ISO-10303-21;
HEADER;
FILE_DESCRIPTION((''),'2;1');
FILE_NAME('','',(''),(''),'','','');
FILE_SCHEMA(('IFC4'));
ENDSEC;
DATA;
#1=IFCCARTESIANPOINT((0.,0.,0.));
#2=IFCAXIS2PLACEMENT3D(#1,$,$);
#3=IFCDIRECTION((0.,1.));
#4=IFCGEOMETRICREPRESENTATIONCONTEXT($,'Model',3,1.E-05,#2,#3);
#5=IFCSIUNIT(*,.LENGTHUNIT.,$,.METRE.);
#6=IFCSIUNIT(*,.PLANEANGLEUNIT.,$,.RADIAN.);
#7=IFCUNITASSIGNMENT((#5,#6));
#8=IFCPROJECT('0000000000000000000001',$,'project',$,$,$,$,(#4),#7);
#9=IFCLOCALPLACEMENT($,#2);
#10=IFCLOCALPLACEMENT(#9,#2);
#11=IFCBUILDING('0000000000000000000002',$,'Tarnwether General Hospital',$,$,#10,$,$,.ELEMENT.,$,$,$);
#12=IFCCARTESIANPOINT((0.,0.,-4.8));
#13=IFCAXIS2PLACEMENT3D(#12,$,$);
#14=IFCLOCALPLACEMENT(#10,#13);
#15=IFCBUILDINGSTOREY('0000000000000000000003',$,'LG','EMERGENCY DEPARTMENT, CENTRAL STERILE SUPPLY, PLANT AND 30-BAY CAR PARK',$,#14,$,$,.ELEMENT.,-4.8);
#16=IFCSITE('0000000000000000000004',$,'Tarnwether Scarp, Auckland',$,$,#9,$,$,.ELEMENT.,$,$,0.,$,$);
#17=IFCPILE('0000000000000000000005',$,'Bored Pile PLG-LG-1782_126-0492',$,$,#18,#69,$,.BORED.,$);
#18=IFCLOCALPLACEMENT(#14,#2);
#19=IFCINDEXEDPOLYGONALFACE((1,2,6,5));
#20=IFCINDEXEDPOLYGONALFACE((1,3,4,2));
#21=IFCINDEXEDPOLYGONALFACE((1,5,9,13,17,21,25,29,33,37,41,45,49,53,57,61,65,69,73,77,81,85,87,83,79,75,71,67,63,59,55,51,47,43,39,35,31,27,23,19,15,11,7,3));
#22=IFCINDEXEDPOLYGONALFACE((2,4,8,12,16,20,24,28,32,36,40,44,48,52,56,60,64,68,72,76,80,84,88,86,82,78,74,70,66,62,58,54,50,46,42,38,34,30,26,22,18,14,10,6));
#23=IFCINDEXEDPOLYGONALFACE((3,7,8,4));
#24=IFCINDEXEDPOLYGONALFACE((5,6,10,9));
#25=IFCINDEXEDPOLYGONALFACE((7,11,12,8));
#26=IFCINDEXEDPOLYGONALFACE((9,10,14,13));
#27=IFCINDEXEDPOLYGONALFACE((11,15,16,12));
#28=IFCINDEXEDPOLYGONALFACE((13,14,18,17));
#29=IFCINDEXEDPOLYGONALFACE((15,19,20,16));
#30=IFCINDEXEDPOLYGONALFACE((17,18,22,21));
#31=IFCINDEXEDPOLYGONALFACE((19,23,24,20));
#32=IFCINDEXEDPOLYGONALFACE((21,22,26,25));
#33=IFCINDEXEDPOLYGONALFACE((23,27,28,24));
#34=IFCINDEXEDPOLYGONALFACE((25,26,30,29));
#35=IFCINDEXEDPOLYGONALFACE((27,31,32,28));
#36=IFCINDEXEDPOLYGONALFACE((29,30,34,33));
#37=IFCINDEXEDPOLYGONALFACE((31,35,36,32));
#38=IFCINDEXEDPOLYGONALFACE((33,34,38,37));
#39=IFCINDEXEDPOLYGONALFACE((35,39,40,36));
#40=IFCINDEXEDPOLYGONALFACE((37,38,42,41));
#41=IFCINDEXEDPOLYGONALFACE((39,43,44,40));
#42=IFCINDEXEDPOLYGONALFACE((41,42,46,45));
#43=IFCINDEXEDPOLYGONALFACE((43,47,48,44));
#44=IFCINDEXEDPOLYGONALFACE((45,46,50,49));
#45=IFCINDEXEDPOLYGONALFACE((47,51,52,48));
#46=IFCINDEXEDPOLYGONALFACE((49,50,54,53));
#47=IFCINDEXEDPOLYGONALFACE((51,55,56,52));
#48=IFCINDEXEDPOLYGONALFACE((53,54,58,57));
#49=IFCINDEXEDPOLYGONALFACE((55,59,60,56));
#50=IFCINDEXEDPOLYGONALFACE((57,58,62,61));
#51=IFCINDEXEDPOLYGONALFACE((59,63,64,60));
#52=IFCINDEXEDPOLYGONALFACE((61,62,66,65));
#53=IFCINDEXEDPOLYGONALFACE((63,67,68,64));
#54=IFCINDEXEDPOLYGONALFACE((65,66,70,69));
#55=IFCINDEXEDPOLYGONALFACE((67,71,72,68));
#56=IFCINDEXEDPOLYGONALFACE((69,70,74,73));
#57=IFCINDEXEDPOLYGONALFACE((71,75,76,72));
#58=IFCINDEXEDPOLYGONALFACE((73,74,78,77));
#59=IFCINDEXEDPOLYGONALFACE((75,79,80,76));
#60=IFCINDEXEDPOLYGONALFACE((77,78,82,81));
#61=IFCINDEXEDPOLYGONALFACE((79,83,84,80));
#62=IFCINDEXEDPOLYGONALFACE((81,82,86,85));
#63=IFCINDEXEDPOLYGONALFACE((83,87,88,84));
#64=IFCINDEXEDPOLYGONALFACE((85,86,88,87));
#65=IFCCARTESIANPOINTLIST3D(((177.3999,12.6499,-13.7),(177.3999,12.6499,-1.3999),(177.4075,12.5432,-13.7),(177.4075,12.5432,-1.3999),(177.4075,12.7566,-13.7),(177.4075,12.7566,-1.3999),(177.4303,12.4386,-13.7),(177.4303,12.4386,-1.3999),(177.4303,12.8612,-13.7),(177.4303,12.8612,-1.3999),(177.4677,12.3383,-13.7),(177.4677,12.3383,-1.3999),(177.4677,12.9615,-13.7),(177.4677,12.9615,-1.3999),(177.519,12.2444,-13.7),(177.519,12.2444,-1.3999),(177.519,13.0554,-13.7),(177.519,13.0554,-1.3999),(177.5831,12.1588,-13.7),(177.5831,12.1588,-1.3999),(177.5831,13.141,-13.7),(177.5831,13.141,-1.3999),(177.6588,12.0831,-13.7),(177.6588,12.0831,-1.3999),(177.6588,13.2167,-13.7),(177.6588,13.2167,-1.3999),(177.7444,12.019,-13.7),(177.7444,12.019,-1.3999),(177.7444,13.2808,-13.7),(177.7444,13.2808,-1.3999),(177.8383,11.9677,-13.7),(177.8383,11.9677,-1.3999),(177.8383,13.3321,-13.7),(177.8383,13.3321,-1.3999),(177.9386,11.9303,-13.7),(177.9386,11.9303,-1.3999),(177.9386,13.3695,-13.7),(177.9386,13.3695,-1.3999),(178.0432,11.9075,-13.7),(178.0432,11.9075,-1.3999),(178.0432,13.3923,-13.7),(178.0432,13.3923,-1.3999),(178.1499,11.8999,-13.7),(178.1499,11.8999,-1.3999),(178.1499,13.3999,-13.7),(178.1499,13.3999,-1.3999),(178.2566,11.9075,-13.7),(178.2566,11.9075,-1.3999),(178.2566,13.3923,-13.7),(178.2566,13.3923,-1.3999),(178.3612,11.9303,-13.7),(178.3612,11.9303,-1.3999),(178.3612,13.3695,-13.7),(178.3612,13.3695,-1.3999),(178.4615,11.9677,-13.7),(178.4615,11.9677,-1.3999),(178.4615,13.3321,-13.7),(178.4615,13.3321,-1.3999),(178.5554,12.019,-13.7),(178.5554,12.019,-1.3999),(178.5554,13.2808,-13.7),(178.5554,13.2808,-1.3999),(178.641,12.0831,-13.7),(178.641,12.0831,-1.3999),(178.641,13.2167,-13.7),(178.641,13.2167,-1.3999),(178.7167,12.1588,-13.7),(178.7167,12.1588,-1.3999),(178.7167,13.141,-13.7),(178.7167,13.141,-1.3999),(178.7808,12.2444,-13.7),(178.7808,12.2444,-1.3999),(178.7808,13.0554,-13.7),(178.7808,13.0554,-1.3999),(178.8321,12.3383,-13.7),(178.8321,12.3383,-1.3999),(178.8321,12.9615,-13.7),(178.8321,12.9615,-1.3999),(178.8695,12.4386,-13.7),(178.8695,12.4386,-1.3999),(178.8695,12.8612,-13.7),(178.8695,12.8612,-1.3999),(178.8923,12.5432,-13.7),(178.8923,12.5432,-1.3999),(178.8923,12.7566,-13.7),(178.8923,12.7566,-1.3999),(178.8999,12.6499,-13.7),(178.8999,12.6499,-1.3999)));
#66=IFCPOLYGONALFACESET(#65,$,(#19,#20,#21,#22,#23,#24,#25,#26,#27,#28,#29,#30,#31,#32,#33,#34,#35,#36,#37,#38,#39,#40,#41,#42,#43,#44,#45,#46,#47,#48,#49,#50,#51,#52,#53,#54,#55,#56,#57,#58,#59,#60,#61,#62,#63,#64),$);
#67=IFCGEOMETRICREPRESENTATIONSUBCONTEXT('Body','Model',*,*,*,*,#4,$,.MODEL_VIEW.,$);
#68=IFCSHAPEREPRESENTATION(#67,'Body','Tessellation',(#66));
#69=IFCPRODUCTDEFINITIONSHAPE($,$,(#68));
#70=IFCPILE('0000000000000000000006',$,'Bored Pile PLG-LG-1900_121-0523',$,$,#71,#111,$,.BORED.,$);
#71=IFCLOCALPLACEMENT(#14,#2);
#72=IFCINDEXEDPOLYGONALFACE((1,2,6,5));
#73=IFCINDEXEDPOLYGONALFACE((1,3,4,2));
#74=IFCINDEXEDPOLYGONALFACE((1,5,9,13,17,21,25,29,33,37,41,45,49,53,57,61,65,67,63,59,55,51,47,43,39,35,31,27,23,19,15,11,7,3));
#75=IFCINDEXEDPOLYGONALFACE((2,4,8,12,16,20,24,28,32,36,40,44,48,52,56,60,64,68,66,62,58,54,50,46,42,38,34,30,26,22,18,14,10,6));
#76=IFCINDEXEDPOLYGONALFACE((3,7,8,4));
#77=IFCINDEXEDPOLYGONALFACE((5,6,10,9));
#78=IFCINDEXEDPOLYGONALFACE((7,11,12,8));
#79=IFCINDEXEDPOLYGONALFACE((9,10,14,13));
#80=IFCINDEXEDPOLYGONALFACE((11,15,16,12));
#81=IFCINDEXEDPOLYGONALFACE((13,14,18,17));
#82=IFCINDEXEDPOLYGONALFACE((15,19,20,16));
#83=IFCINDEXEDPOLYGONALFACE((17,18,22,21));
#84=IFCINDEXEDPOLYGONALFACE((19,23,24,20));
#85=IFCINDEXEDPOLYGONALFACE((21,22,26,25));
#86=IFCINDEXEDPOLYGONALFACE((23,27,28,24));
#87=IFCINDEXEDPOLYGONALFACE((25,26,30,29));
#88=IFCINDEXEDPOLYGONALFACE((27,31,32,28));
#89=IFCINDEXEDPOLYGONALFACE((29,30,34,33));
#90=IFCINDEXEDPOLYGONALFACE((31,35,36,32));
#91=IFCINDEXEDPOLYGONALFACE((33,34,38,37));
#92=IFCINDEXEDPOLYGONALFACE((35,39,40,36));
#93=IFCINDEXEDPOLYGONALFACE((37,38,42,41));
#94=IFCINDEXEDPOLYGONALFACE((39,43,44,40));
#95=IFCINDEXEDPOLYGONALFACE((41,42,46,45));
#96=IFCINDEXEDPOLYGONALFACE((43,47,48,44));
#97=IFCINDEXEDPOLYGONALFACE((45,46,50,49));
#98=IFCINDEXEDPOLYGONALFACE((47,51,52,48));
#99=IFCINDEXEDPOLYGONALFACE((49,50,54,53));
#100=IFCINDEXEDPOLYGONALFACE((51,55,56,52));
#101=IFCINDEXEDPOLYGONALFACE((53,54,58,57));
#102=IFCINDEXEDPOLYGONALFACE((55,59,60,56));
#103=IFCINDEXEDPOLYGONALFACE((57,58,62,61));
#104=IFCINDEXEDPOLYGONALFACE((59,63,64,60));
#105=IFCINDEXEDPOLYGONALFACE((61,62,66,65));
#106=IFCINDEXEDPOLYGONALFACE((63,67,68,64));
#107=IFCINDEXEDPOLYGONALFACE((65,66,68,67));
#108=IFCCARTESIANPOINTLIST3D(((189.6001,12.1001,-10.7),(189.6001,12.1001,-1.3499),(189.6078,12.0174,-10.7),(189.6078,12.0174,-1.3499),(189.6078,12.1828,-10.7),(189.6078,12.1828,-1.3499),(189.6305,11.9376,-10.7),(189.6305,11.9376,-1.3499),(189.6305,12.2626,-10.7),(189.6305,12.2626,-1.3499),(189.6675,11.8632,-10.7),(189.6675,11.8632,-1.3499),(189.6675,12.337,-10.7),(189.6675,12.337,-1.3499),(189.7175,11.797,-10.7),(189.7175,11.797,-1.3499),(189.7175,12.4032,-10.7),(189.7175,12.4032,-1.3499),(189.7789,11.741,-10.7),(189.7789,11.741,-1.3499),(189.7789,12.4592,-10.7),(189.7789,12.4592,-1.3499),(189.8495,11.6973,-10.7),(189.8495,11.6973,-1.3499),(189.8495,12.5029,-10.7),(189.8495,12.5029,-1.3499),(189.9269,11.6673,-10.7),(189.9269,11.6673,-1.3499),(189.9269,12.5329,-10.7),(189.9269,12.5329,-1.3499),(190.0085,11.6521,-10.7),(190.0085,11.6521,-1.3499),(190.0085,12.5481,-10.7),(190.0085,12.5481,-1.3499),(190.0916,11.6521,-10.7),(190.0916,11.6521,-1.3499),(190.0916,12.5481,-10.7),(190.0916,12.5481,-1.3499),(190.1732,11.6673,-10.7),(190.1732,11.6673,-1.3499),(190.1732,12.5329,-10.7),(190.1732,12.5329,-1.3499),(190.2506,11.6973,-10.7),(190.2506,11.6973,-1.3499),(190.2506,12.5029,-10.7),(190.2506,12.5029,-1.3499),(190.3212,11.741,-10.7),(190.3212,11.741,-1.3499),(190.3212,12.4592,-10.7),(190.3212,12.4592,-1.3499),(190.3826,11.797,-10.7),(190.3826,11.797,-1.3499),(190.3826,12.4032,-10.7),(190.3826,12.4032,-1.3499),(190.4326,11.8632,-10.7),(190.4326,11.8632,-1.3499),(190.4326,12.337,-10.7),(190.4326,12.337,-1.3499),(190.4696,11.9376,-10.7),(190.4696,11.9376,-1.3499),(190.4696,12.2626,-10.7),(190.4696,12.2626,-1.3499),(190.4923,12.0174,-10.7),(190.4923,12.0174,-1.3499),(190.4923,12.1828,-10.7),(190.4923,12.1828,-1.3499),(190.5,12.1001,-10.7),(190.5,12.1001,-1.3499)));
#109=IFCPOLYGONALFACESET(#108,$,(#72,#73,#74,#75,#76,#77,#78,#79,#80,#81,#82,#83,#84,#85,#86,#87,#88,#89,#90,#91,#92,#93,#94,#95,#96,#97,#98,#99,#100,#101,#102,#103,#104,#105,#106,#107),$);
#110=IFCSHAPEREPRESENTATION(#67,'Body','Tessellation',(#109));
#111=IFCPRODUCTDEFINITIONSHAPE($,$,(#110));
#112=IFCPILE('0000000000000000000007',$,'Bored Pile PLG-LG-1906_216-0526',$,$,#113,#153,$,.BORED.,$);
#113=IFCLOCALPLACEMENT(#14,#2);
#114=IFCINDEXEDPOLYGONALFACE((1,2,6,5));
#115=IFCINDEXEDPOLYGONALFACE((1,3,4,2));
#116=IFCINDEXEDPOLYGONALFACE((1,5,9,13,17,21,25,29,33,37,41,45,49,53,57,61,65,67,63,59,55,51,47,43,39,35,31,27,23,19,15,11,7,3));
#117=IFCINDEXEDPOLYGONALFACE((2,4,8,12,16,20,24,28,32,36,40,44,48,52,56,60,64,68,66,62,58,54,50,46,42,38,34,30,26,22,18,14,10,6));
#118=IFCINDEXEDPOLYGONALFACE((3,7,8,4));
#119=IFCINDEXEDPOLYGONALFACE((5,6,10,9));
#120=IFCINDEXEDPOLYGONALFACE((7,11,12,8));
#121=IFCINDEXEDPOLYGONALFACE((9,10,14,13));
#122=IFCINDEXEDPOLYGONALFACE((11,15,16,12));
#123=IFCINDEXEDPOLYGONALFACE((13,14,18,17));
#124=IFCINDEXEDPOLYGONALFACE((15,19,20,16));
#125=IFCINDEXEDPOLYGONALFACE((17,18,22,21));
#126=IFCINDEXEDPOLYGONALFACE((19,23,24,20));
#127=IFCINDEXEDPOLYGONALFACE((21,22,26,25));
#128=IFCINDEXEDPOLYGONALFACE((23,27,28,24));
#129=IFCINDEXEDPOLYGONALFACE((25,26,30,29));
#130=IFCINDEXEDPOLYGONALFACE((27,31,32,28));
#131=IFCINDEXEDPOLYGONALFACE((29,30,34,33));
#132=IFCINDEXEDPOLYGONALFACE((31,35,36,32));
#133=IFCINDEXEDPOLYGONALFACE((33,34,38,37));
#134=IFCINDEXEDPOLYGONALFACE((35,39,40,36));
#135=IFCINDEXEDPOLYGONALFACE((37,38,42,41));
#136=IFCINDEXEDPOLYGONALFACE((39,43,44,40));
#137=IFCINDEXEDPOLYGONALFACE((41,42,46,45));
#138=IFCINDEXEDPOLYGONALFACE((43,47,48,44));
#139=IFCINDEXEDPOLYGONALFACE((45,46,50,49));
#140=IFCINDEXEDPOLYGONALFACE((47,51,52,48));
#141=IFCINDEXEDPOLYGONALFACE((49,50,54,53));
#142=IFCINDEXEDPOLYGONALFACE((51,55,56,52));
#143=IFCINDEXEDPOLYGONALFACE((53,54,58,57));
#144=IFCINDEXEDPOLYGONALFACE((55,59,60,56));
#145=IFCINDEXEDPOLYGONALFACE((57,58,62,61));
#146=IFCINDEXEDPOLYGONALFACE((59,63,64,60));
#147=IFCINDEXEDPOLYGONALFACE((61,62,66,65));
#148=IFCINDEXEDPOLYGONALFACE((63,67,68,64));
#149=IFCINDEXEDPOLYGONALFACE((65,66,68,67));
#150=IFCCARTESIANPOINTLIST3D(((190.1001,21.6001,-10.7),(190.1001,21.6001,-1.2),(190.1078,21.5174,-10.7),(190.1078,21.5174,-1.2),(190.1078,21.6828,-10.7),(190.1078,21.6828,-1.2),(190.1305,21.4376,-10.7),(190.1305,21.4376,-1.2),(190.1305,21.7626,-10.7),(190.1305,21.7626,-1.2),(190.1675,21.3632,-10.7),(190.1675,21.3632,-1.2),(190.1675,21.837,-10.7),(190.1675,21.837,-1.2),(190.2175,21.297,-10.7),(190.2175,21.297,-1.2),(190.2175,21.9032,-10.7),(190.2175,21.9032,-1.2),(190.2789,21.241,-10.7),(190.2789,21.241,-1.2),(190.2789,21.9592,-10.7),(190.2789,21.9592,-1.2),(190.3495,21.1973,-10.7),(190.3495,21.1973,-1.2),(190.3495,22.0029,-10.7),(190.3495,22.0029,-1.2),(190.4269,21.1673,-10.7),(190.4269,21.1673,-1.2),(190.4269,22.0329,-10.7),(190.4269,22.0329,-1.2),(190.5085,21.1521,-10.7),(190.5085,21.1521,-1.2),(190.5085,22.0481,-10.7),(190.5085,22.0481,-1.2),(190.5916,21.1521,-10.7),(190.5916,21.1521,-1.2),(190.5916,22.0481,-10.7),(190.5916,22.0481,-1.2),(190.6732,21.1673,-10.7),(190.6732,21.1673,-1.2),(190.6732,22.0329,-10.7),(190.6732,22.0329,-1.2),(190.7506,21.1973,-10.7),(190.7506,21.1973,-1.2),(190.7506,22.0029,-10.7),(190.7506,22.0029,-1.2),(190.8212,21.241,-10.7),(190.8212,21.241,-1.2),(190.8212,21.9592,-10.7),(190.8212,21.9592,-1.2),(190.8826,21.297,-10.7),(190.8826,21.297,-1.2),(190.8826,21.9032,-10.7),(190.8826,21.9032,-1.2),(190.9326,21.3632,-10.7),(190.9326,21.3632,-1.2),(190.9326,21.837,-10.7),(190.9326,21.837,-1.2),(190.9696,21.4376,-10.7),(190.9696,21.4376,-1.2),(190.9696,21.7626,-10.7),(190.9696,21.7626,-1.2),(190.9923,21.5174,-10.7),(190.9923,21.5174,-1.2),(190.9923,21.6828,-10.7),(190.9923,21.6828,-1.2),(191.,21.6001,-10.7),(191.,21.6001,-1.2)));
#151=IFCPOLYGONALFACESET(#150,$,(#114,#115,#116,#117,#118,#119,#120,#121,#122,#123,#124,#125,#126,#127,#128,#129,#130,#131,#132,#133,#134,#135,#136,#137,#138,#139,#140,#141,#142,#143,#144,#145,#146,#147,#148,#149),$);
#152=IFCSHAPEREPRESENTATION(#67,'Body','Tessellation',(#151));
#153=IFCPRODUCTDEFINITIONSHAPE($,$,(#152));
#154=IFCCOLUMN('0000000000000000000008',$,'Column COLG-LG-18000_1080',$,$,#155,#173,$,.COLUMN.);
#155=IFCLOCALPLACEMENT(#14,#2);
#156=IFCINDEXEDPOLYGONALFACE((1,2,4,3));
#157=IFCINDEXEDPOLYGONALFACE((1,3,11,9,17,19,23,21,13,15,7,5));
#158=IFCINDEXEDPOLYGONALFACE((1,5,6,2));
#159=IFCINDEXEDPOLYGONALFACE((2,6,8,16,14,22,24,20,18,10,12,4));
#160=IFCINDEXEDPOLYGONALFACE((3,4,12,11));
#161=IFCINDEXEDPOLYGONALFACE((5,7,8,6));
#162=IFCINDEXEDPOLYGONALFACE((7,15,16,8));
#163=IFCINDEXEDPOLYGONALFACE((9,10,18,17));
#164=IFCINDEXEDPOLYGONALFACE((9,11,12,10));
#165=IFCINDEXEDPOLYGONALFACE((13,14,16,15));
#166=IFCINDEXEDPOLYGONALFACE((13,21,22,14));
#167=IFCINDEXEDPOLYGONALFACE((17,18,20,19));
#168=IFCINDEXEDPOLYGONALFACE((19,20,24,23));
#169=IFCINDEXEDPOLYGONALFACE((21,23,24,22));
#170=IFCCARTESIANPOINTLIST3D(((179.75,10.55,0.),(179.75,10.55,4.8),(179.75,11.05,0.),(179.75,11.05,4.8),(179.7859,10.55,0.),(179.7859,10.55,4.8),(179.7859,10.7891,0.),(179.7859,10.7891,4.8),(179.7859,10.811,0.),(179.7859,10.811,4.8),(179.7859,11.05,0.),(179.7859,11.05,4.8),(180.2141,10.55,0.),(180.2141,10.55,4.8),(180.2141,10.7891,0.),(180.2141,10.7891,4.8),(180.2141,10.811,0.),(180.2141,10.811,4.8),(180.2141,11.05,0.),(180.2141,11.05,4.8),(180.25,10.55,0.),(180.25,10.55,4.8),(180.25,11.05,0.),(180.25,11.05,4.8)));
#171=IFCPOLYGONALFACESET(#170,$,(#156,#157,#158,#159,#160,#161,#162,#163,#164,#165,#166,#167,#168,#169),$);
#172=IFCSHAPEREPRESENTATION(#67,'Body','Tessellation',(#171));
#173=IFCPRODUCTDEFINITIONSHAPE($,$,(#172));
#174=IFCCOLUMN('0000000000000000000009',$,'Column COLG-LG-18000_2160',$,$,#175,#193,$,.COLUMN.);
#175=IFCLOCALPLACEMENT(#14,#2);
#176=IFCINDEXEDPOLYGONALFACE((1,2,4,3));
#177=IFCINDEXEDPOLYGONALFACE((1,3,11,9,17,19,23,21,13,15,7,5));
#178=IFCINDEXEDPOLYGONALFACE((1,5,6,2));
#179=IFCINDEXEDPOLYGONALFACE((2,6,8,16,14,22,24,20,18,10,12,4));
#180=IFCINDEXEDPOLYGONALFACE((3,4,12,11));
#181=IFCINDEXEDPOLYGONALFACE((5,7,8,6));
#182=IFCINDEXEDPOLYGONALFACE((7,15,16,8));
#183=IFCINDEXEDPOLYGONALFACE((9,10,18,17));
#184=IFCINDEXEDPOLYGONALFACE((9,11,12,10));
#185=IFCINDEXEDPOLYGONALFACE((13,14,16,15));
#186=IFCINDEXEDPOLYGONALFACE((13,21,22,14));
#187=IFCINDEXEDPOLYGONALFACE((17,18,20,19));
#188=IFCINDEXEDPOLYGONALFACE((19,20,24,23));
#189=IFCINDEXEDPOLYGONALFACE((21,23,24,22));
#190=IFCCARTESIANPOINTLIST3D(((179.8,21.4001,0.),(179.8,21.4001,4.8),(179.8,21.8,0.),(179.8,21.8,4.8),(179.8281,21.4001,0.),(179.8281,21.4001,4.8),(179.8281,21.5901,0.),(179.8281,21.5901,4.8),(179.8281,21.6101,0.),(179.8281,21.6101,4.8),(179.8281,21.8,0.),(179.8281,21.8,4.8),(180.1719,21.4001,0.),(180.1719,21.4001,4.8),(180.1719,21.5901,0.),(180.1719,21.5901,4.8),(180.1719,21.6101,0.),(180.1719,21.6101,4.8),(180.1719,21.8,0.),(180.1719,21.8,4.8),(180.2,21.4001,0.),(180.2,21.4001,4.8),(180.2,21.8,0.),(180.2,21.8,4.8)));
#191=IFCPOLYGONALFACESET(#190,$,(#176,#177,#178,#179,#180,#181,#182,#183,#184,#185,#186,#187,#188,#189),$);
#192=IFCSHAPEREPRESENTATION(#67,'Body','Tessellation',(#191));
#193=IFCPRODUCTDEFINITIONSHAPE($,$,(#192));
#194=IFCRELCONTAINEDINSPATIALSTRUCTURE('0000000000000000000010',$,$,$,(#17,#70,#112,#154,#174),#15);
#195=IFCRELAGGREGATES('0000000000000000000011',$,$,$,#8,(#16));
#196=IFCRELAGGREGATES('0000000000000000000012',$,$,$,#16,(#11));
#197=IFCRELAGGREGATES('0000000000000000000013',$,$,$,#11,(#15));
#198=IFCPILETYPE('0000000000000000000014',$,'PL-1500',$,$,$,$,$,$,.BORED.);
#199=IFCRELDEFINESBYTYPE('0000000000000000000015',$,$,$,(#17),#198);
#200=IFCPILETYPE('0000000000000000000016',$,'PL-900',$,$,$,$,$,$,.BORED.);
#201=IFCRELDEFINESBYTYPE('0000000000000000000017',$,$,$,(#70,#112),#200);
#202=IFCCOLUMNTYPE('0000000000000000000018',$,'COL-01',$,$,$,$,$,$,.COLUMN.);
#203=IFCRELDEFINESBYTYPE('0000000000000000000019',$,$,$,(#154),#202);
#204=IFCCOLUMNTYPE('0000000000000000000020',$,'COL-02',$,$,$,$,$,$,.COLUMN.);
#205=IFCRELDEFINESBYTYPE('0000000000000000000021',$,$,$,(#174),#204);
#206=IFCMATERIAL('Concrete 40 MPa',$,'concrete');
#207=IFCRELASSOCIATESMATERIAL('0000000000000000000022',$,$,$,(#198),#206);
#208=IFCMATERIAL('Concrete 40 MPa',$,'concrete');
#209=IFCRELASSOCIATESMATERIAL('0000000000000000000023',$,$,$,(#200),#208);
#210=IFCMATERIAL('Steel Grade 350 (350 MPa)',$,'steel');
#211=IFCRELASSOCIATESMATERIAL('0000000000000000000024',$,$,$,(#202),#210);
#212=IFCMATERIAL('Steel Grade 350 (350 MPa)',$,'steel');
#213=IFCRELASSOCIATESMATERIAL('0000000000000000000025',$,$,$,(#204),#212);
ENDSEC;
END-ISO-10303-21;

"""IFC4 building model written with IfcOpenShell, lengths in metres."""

from ifc_helpers import new_model, si_unit, direction, frame, origin, origin_2d, place, context, subcontext, project, spatial, circle, i_section, extrude, material, material_profile, profile_set, type_object, element, save


model = new_model("IFC4")

# Units and contexts
model_context = context("Model", 3, precision=1e-05, world=origin(), true_north=direction((0.0, 1.0)))
body_context = subcontext(model_context, "Body", "Model", "MODEL_VIEW")
ifc_project = project(units=[si_unit("LENGTHUNIT", "METRE"), si_unit("PLANEANGLEUNIT", "RADIAN")], contexts=[model_context])

# Site, building, storey
site_placement = place(None, origin())
site = spatial("IfcSite", under=ifc_project, at=site_placement, Name="Tarnwether Scarp, Auckland", CompositionType="ELEMENT", RefElevation=0.0)
building_placement = place(site_placement, origin())
building = spatial("IfcBuilding", under=site, at=building_placement, Name="Tarnwether General Hospital", CompositionType="ELEMENT")
storey_placement = place(building_placement, frame((0.0, 0.0, -4.8)))
storey = spatial("IfcBuildingStorey", under=building, at=storey_placement, Name="LG", Description="EMERGENCY DEPARTMENT, CENTRAL STERILE SUPPLY, PLANT AND 30-BAY CAR PARK", CompositionType="ELEMENT", Elevation=-4.8)

# Piles
ifc_material_1 = material(Name="Concrete 40 MPa", Category="concrete")
ifc_material_profile_1 = material_profile(ifc_material_1, circle(Radius=0.75, at=origin_2d()), Name="PILE-D1500")
ifc_profile_set_1 = profile_set([ifc_material_profile_1], Name="Concrete 40 MPa")
pile_type_1 = type_object("IfcPileType", Name="PL-1500", PredefinedType="BORED", material=ifc_profile_set_1)
for number, where, z_axis, x_axis, name in (
    (1, (178.1499, 12.6499, -1.3999), (0.0, 0.0, -1.0), (1.0, 0.0, 0.0), "Bored Pile PLG-LG-1782_126-0492"),
):
    element("IfcPile", number, at=place(storey_placement, frame(where, z_axis=z_axis, x_axis=x_axis)), inside=storey, type_object=pile_type_1, Name=name, PredefinedType="BORED", context=body_context, shape_type="SweptSolid", body=[
        extrude(circle(Radius=0.75, at=origin_2d()), origin(), (0.0, 0.0, 1.0), 12.3),
    ])
ifc_material_2 = material(Name="Concrete 40 MPa", Category="concrete")
ifc_material_profile_2 = material_profile(ifc_material_2, circle(Radius=0.45, at=origin_2d()), Name="PILE-D900")
ifc_profile_set_2 = profile_set([ifc_material_profile_2], Name="Concrete 40 MPa")
pile_type_2 = type_object("IfcPileType", Name="PL-900", PredefinedType="BORED", material=ifc_profile_set_2)
pile_1_placement = place(storey_placement, frame((190.05, 12.1001, -1.3499), z_axis=(0.0, 0.0, -1.0), x_axis=(1.0, 0.0, 0.0)))
element("IfcPile", 2, at=pile_1_placement, inside=storey, type_object=pile_type_2, Name="Bored Pile PLG-LG-1900_121-0523", PredefinedType="BORED", context=body_context, shape_type="SweptSolid", body=[
    extrude(circle(Radius=0.45, at=origin_2d()), origin(), (0.0, 0.0, 1.0), 9.3501),
])
pile_2_placement = place(storey_placement, frame((190.55, 21.6001, -1.2), z_axis=(0.0, 0.0, -1.0), x_axis=(1.0, 0.0, 0.0)))
element("IfcPile", 3, at=pile_2_placement, inside=storey, type_object=pile_type_2, Name="Bored Pile PLG-LG-1906_216-0526", PredefinedType="BORED", context=body_context, shape_type="SweptSolid", body=[
    extrude(circle(Radius=0.45, at=origin_2d()), origin(), (0.0, 0.0, 1.0), 9.5),
])

# Columns
ifc_material_3 = material(Name="Steel Grade 350 (350 MPa)", Category="steel")
ifc_material_profile_3 = material_profile(ifc_material_3, i_section(OverallWidth=0.5, OverallDepth=0.5, WebThickness=0.022, FlangeThickness=0.0359, at=origin_2d()), Name="500WC380")
ifc_profile_set_3 = profile_set([ifc_material_profile_3], Name="Steel Grade 350 (350 MPa)")
column_type_1 = type_object("IfcColumnType", Name="COL-01", PredefinedType="COLUMN", material=ifc_profile_set_3)
column_1_placement = place(storey_placement, frame((180.0, 10.8, 0.0), z_axis=(0.0, 0.0, 1.0), x_axis=(0.0, 1.0, 0.0)))
element("IfcColumn", 4, at=column_1_placement, inside=storey, type_object=column_type_1, Name="Column COLG-LG-18000_1080", PredefinedType="COLUMN", context=body_context, shape_type="SweptSolid", body=[
    extrude(i_section(OverallWidth=0.5, OverallDepth=0.5, WebThickness=0.022, FlangeThickness=0.0359, at=origin_2d()), origin(), (0.0, 0.0, 1.0), 4.8),
])
ifc_material_4 = material(Name="Steel Grade 350 (350 MPa)", Category="steel")
ifc_material_profile_4 = material_profile(ifc_material_4, i_section(OverallWidth=0.3999, OverallDepth=0.3999, WebThickness=0.02, FlangeThickness=0.0281, at=origin_2d()), Name="400WC270")
ifc_profile_set_4 = profile_set([ifc_material_profile_4], Name="Steel Grade 350 (350 MPa)")
column_type_2 = type_object("IfcColumnType", Name="COL-02", PredefinedType="COLUMN", material=ifc_profile_set_4)
column_2_placement = place(storey_placement, frame((180.0, 21.6001, 0.0), z_axis=(0.0, 0.0, 1.0), x_axis=(0.0, 1.0, 0.0)))
element("IfcColumn", 5, at=column_2_placement, inside=storey, type_object=column_type_2, Name="Column COLG-LG-18000_2160", PredefinedType="COLUMN", context=body_context, shape_type="SweptSolid", body=[
    extrude(i_section(OverallWidth=0.3999, OverallDepth=0.3999, WebThickness=0.02, FlangeThickness=0.0281, at=origin_2d()), origin(), (0.0, 0.0, 1.0), 4.8),
])

save(model, "model.ifc")
